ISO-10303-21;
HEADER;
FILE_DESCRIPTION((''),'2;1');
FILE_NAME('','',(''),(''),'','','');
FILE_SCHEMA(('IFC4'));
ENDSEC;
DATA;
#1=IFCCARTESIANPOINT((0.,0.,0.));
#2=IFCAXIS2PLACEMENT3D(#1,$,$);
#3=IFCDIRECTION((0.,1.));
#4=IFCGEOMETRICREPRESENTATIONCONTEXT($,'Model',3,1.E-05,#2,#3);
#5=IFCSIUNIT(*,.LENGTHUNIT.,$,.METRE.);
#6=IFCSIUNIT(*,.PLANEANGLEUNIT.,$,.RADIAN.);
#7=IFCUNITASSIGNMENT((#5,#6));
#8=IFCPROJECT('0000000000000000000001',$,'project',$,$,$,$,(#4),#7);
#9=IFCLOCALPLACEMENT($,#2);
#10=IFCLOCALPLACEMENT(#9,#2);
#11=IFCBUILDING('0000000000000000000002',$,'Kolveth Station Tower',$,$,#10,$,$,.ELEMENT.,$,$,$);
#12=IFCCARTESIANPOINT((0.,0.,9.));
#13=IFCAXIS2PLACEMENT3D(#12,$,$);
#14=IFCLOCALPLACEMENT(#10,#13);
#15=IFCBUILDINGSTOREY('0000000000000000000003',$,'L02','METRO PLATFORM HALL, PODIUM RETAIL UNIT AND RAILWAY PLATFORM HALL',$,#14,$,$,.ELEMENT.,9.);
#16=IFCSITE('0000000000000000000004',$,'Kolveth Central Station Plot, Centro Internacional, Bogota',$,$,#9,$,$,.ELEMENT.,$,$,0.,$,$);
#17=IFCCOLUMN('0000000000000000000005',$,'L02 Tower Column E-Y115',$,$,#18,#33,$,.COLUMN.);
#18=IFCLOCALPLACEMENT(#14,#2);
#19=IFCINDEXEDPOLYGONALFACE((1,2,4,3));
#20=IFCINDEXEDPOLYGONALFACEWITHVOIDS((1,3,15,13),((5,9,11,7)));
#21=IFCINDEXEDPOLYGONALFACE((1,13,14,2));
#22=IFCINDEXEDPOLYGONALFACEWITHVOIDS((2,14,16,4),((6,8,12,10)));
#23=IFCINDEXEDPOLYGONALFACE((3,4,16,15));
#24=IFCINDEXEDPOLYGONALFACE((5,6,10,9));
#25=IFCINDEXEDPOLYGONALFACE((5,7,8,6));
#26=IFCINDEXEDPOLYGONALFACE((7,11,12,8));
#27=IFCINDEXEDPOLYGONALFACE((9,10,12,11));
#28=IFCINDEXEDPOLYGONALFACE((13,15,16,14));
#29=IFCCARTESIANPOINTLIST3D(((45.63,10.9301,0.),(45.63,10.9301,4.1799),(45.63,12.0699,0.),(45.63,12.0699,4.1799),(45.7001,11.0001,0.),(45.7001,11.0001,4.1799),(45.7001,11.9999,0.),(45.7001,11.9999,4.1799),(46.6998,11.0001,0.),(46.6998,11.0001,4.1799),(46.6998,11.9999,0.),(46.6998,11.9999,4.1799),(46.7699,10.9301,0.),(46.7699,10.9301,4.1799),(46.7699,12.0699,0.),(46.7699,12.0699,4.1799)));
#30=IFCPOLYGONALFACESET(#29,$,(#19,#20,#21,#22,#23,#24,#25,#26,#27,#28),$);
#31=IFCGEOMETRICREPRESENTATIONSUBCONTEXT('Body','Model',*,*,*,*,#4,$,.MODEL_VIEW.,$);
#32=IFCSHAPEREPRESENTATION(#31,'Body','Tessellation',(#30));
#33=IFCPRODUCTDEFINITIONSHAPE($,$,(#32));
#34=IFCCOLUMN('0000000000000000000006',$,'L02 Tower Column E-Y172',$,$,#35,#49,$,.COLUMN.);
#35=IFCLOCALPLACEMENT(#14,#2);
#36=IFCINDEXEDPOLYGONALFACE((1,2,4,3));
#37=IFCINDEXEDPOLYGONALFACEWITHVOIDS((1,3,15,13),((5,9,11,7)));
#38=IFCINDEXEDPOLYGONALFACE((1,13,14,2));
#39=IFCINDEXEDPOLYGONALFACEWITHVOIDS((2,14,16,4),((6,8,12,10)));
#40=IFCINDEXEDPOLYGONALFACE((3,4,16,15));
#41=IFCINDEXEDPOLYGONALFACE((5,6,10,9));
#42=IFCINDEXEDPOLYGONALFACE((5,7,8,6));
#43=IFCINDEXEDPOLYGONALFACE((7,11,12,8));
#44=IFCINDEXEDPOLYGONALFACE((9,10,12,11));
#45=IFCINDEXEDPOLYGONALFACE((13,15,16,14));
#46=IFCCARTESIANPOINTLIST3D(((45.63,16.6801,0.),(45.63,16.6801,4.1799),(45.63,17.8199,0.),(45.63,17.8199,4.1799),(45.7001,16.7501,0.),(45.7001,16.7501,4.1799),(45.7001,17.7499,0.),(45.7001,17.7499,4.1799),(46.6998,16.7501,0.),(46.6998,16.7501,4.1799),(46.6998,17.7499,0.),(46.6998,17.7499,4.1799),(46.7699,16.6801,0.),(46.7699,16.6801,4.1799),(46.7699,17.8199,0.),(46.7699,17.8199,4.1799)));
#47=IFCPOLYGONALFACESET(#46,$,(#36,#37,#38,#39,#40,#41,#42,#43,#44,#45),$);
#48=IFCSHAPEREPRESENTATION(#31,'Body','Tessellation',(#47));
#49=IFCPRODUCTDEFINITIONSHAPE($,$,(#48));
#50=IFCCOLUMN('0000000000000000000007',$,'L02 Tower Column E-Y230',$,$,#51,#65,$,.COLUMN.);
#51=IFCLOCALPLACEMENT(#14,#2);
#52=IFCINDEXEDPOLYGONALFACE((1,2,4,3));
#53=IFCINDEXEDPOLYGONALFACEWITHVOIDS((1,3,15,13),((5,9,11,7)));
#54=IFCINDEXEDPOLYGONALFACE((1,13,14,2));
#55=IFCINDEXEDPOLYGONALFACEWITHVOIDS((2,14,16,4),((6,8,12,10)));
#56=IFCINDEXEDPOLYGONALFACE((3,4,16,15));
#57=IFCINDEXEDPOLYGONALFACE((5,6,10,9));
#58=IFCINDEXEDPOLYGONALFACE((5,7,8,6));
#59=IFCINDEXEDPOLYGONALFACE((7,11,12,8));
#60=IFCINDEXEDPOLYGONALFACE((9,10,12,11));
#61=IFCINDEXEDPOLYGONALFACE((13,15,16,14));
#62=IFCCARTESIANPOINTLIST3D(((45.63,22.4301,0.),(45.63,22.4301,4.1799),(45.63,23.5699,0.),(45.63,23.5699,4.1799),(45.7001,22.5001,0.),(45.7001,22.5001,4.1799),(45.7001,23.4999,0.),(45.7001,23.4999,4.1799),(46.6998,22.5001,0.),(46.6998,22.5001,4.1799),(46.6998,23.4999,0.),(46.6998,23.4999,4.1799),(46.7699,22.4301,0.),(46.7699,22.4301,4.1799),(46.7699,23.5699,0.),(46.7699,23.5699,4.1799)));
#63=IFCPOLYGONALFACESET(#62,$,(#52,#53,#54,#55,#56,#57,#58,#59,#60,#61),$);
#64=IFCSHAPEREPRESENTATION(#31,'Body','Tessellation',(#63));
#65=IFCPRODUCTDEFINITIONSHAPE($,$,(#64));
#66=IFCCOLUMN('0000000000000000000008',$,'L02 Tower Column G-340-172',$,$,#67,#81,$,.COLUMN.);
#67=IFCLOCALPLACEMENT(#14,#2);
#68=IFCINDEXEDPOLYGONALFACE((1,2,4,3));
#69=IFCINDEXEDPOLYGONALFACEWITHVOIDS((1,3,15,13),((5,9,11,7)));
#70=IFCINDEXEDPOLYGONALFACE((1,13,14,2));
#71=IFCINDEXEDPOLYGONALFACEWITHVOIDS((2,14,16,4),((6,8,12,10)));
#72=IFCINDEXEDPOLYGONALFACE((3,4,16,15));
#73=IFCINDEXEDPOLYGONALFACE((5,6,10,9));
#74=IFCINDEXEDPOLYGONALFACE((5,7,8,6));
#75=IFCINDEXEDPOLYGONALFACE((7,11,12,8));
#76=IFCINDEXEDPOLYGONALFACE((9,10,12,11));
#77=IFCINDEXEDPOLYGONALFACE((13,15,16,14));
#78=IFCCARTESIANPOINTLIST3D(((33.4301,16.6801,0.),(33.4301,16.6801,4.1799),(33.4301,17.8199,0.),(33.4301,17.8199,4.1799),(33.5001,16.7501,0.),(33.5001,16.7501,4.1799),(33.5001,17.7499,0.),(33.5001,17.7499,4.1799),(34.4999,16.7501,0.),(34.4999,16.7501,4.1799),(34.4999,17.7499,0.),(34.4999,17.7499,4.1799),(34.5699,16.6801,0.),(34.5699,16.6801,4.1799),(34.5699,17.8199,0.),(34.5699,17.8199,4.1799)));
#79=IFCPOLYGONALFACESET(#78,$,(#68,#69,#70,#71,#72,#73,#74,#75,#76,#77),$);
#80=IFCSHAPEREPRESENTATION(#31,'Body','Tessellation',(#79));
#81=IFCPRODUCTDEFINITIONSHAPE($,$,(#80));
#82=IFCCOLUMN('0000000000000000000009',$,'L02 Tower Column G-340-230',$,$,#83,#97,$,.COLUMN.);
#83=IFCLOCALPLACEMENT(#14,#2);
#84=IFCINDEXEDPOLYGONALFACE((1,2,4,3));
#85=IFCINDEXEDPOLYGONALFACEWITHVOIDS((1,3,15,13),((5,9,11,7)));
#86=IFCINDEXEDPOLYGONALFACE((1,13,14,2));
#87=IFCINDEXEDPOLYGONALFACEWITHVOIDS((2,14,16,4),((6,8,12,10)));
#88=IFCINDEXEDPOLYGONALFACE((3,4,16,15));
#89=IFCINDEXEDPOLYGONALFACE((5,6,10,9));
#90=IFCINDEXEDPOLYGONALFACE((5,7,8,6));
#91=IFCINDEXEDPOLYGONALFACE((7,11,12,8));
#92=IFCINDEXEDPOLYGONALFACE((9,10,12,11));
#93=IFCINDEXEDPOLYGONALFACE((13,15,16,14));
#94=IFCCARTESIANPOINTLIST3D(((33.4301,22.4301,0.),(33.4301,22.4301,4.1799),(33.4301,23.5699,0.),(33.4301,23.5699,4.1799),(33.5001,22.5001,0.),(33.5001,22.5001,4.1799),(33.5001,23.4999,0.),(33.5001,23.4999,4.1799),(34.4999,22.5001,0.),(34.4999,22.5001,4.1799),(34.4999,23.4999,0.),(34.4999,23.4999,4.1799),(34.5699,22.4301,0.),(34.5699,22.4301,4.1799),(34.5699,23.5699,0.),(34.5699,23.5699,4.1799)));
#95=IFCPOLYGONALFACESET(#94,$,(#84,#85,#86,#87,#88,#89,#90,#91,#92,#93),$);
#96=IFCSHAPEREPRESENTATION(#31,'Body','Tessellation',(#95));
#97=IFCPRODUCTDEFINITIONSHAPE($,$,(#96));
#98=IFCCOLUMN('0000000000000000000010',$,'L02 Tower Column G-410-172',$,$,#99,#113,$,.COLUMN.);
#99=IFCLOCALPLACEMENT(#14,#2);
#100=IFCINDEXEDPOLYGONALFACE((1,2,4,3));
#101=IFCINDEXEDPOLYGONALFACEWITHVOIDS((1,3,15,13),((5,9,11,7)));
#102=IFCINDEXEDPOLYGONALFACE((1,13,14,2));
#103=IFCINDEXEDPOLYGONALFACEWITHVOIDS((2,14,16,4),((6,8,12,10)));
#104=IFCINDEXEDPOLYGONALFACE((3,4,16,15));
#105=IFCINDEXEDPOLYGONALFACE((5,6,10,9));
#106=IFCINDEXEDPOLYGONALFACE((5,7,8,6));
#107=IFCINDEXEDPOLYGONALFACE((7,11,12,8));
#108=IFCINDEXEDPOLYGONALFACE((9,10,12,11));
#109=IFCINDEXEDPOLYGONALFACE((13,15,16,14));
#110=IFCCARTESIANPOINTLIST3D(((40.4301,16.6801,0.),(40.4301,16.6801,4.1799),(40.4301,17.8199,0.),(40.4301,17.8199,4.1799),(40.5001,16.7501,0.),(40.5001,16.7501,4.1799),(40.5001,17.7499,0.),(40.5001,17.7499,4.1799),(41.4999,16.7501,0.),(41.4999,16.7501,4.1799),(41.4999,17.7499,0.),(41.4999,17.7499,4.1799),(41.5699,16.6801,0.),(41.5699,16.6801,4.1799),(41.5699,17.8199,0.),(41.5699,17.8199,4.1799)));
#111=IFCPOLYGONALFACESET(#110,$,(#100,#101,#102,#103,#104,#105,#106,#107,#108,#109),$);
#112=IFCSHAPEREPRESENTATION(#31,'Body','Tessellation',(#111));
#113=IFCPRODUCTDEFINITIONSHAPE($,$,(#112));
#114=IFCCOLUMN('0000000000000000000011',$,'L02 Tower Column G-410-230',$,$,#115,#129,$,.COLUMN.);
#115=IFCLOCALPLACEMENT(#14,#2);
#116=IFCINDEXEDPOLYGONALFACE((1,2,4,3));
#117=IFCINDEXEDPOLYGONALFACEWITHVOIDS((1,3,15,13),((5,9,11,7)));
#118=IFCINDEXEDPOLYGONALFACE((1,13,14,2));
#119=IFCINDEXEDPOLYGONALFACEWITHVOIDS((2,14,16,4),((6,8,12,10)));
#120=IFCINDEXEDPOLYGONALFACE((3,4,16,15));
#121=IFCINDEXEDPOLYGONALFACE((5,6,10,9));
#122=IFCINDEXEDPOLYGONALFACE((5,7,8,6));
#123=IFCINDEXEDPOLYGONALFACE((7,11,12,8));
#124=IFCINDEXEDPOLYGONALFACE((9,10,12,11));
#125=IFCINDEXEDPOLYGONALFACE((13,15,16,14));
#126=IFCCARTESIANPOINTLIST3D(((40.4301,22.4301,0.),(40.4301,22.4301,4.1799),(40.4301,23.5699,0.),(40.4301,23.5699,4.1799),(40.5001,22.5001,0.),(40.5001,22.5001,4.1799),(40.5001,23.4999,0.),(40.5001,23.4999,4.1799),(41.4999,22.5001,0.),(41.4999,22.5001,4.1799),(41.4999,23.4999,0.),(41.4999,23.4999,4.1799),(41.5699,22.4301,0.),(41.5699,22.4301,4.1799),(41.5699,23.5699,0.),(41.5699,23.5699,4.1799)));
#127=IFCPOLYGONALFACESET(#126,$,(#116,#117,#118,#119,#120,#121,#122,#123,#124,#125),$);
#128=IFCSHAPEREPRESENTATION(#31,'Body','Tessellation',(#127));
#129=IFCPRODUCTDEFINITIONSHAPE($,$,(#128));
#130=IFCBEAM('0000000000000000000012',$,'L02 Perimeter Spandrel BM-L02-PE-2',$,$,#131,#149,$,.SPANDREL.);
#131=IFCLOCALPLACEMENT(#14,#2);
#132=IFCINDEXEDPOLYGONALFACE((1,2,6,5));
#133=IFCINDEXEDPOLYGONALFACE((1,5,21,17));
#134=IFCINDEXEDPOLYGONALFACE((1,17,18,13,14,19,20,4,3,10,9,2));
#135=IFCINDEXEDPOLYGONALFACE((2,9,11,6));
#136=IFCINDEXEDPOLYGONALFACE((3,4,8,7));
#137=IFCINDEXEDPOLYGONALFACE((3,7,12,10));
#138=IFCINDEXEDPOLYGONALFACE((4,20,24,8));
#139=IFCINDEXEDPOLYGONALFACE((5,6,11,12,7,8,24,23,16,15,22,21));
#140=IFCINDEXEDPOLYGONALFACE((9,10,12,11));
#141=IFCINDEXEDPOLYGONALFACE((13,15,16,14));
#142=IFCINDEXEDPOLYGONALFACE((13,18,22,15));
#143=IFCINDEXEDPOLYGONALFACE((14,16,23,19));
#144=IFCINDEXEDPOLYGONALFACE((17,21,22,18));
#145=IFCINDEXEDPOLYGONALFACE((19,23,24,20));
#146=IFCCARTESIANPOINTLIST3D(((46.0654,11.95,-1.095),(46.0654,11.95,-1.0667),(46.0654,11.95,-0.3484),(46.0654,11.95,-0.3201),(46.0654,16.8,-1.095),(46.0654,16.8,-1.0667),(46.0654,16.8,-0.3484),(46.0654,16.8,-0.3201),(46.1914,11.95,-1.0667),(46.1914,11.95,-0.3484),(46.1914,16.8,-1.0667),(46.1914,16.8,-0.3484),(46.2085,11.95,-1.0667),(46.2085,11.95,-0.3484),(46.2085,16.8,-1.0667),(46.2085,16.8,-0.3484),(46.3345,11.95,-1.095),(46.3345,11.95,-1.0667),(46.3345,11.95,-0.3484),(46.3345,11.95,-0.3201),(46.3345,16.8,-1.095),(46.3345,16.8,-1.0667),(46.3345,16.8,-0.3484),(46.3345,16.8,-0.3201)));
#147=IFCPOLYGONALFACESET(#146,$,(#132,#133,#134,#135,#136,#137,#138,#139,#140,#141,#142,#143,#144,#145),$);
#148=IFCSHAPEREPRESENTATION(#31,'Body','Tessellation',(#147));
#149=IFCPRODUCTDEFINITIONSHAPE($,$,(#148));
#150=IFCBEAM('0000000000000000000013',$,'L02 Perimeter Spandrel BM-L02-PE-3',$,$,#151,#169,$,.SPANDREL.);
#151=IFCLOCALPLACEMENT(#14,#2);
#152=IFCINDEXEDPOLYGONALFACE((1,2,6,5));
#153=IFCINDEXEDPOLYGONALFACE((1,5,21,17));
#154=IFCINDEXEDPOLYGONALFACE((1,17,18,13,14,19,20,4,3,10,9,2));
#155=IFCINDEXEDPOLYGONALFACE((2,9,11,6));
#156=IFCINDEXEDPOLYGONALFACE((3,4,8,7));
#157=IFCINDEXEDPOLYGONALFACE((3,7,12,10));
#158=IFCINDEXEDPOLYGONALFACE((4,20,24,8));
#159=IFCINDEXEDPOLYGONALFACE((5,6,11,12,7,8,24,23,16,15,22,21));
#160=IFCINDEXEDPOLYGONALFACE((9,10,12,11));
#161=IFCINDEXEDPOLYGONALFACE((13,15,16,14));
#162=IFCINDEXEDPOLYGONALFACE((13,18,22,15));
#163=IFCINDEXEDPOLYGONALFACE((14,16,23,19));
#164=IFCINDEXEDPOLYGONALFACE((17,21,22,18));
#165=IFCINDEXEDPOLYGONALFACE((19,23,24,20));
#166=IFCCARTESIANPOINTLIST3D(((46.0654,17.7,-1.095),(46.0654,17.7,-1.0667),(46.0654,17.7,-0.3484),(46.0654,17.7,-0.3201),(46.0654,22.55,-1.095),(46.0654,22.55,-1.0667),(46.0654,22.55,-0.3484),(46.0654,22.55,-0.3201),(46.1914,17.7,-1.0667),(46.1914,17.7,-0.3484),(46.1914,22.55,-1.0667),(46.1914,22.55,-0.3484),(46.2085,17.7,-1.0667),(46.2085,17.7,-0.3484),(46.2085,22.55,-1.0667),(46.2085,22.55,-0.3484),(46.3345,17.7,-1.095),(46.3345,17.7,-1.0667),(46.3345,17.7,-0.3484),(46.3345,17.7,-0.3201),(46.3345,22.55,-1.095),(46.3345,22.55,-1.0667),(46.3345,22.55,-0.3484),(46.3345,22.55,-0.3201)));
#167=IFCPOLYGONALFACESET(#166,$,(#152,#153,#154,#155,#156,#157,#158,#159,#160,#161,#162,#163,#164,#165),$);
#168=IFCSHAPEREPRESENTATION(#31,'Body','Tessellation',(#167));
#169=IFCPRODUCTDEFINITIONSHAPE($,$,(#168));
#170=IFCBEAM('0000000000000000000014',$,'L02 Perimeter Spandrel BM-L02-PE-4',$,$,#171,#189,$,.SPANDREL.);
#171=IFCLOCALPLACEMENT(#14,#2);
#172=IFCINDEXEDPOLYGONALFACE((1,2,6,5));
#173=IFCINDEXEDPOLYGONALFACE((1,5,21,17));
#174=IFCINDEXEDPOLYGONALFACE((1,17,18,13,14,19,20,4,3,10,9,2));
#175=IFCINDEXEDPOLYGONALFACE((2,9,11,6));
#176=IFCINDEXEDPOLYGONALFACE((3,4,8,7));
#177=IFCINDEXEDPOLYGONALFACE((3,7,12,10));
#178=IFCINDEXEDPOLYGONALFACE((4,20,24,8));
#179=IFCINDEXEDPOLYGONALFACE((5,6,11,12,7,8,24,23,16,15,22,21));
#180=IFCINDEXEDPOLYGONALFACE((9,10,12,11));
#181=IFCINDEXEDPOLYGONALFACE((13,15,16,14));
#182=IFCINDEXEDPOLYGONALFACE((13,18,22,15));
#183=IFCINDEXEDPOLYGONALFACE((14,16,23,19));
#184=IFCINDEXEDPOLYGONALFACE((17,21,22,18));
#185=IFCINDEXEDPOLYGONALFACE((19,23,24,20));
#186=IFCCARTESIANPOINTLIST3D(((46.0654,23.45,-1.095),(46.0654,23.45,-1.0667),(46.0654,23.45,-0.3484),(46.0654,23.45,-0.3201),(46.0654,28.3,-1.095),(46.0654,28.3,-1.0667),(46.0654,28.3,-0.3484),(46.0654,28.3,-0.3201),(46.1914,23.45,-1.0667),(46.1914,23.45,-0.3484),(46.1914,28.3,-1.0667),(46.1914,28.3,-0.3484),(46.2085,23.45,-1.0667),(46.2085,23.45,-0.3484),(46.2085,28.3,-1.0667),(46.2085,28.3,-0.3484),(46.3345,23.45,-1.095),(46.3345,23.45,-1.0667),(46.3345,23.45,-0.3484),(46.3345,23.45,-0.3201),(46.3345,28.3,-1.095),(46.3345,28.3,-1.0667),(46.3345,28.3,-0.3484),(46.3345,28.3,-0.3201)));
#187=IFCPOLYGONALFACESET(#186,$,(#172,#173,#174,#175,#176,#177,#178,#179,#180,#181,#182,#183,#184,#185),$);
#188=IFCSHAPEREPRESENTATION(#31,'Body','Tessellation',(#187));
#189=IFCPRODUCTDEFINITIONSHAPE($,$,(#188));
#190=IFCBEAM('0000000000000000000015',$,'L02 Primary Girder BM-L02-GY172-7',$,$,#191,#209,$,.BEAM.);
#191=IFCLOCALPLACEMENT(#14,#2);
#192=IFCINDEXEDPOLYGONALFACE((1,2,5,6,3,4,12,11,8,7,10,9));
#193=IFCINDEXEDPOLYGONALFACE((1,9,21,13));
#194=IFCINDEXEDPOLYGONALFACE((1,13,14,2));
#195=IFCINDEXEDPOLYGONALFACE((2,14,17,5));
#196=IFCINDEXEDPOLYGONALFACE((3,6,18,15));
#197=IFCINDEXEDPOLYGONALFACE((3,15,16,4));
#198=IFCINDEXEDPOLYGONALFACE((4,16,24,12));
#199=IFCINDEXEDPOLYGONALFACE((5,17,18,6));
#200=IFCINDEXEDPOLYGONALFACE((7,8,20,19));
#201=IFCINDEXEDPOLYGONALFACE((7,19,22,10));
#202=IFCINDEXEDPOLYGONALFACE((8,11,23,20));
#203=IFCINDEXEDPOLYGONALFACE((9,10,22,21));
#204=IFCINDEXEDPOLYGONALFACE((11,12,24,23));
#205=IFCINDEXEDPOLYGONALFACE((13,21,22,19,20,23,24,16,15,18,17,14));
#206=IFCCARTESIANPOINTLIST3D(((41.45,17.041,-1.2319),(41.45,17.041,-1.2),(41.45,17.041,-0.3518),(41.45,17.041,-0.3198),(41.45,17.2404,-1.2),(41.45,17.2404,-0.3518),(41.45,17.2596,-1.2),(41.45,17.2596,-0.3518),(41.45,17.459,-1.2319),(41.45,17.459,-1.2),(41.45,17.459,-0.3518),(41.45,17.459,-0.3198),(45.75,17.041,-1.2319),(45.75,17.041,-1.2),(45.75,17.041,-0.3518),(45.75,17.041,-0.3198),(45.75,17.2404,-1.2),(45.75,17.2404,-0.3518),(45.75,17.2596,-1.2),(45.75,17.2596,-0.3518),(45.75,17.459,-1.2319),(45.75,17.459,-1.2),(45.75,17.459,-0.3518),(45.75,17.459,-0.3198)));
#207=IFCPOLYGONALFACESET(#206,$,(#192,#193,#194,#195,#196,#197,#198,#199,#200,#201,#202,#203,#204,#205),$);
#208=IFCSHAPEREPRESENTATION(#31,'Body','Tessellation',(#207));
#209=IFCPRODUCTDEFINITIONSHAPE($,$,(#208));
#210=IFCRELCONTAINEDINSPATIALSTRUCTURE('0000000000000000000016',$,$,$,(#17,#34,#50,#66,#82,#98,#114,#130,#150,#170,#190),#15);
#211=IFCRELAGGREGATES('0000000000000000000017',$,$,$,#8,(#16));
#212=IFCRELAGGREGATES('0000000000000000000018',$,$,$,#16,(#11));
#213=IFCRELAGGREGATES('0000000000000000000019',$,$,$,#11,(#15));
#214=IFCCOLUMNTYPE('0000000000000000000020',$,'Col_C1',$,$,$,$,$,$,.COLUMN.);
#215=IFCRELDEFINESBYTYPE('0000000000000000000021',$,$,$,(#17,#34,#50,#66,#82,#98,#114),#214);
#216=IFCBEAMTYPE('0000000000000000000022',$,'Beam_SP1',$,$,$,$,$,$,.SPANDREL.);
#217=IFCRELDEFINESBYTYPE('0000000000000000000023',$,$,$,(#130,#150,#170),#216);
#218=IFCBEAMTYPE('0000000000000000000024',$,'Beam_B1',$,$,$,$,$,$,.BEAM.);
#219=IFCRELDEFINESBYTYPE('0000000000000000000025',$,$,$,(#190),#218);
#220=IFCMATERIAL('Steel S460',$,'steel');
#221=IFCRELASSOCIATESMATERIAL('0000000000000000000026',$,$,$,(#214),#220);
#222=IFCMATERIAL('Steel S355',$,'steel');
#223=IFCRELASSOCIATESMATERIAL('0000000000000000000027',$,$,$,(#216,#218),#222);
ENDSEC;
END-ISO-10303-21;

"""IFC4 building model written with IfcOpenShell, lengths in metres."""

from ifc_helpers import new_model, si_unit, direction, frame, origin, origin_2d, place, context, subcontext, project, spatial, hollow_rectangle, i_section, extrude, source, transform, mapped, material, material_profile, profile_set, type_object, element, save


model = new_model("IFC4")

# Units and contexts
model_context = context("Model", 3, precision=1e-05, world=origin(), true_north=direction((0.0, 1.0)))
body_context = subcontext(model_context, "Body", "Model", "MODEL_VIEW")
ifc_project = project(units=[si_unit("LENGTHUNIT", "METRE"), si_unit("PLANEANGLEUNIT", "RADIAN")], contexts=[model_context])

# Site, building, storey
site_placement = place(None, origin())
site = spatial("IfcSite", under=ifc_project, at=site_placement, Name="Kolveth Central Station Plot, Centro Internacional, Bogota", CompositionType="ELEMENT", RefElevation=0.0)
building_placement = place(site_placement, origin())
building = spatial("IfcBuilding", under=site, at=building_placement, Name="Kolveth Station Tower", CompositionType="ELEMENT")
storey_placement = place(building_placement, frame((0.0, 0.0, 9.0)))
storey = spatial("IfcBuildingStorey", under=building, at=storey_placement, Name="L02", Description="METRO PLATFORM HALL, PODIUM RETAIL UNIT AND RAILWAY PLATFORM HALL", CompositionType="ELEMENT", Elevation=9.0)

# Columns
ifc_material_1 = material(Name="Steel S460", Category="steel")
ifc_material_profile_1 = material_profile(ifc_material_1, hollow_rectangle(XDim=1.1399, YDim=1.1399, WallThickness=0.0701, at=origin_2d()), Name="BOX1140x1140x70")
ifc_profile_set_1 = profile_set([ifc_material_profile_1], Name="Steel S460")
column_type = type_object("IfcColumnType", Name="Col_C1", PredefinedType="COLUMN", material=ifc_profile_set_1)
shared_shape_1 = source(origin(), body_context, "Body", "SweptSolid", [
    extrude(hollow_rectangle(XDim=1.1399, YDim=1.1399, WallThickness=0.0701, at=origin_2d()), origin(), (0.0, 0.0, 1.0), 4.1799),
])
for number, where, z_axis, x_axis, name in (
    (1, (46.2, 11.5, 0.0), (0.0, 0.0, 1.0), (1.0, 0.0, 0.0), "L02 Tower Column E-Y115"),
    (2, (46.2, 17.25, 0.0), (0.0, 0.0, 1.0), (1.0, 0.0, 0.0), "L02 Tower Column E-Y172"),
    (3, (46.2, 23.0, 0.0), (0.0, 0.0, 1.0), (1.0, 0.0, 0.0), "L02 Tower Column E-Y230"),
    (4, (34.0, 17.25, 0.0), (0.0, 0.0, 1.0), (1.0, 0.0, 0.0), "L02 Tower Column G-340-172"),
    (5, (34.0, 23.0, 0.0), (0.0, 0.0, 1.0), (1.0, 0.0, 0.0), "L02 Tower Column G-340-230"),
    (6, (41.0, 17.25, 0.0), (0.0, 0.0, 1.0), (1.0, 0.0, 0.0), "L02 Tower Column G-410-172"),
    (7, (41.0, 23.0, 0.0), (0.0, 0.0, 1.0), (1.0, 0.0, 0.0), "L02 Tower Column G-410-230"),
):
    element("IfcColumn", number, at=place(storey_placement, frame(where, z_axis=z_axis, x_axis=x_axis)), inside=storey, type_object=column_type, Name=name, PredefinedType="COLUMN", context=body_context, shape_type="MappedRepresentation", body=[
        mapped(shared_shape_1, transform((0.0, 0.0, 0.0), x_axis=(1.0, 0.0, 0.0), y_axis=(0.0, 1.0, 0.0), z_axis=(0.0, 0.0, 1.0), scale=1.0)),
    ])

# Beams
ifc_material_2 = material(Name="Steel S355", Category="steel")
ifc_material_profile_2 = material_profile(ifc_material_2, i_section(OverallWidth=0.269, OverallDepth=0.7749, WebThickness=0.0171, FlangeThickness=0.0283, at=origin_2d()), Name="W760x220")
ifc_profile_set_2 = profile_set([ifc_material_profile_2], Name="Steel S355")
beam_type_1 = type_object("IfcBeamType", Name="Beam_SP1", PredefinedType="SPANDREL", material=ifc_profile_set_2)
shared_shape_2 = source(origin(), body_context, "Body", "SweptSolid", [
    extrude(i_section(OverallWidth=0.269, OverallDepth=0.7749, WebThickness=0.0171, FlangeThickness=0.0283, at=origin_2d()), origin(), (0.0, 0.0, 1.0), 4.8501),
])
for number, where, z_axis, x_axis, name in (
    (8, (46.2, 11.95, -0.7075), (0.0, 1.0, 0.0), (-1.0, 0.0, 0.0), "L02 Perimeter Spandrel BM-L02-PE-2"),
    (9, (46.2, 17.7, -0.7075), (0.0, 1.0, 0.0), (-1.0, 0.0, 0.0), "L02 Perimeter Spandrel BM-L02-PE-3"),
    (10, (46.2, 23.45, -0.7075), (0.0, 1.0, 0.0), (-1.0, 0.0, 0.0), "L02 Perimeter Spandrel BM-L02-PE-4"),
):
    element("IfcBeam", number, at=place(storey_placement, frame(where, z_axis=z_axis, x_axis=x_axis)), inside=storey, type_object=beam_type_1, Name=name, PredefinedType="SPANDREL", context=body_context, shape_type="MappedRepresentation", body=[
        mapped(shared_shape_2, transform((0.0, 0.0, 0.0), x_axis=(1.0, 0.0, 0.0), y_axis=(0.0, 1.0, 0.0), z_axis=(0.0, 0.0, 1.0), scale=1.0)),
    ])
ifc_material_profile_3 = material_profile(ifc_material_2, i_section(OverallWidth=0.418, OverallDepth=0.9121, WebThickness=0.0193, FlangeThickness=0.032, at=origin_2d()), Name="W920x342")
ifc_profile_set_3 = profile_set([ifc_material_profile_3], Name="Steel S355")
beam_type_2 = type_object("IfcBeamType", Name="Beam_B1", PredefinedType="BEAM", material=ifc_profile_set_3)
shared_shape_3 = source(origin(), body_context, "Body", "SweptSolid", [
    extrude(i_section(OverallWidth=0.418, OverallDepth=0.9121, WebThickness=0.0193, FlangeThickness=0.032, at=origin_2d()), origin(), (0.0, 0.0, 1.0), 4.3),
])
for number, where, z_axis, x_axis, name in (
    (11, (41.45, 17.25, -0.7759), (1.0, 0.0, 0.0), (0.0, 1.0, 0.0), "L02 Primary Girder BM-L02-GY172-7"),
):
    element("IfcBeam", number, at=place(storey_placement, frame(where, z_axis=z_axis, x_axis=x_axis)), inside=storey, type_object=beam_type_2, Name=name, PredefinedType="BEAM", context=body_context, shape_type="MappedRepresentation", body=[
        mapped(shared_shape_3, transform((0.0, 0.0, 0.0), x_axis=(1.0, 0.0, 0.0), y_axis=(0.0, 1.0, 0.0), z_axis=(0.0, 0.0, 1.0), scale=1.0)),
    ])

save(model, "model.ifc")
